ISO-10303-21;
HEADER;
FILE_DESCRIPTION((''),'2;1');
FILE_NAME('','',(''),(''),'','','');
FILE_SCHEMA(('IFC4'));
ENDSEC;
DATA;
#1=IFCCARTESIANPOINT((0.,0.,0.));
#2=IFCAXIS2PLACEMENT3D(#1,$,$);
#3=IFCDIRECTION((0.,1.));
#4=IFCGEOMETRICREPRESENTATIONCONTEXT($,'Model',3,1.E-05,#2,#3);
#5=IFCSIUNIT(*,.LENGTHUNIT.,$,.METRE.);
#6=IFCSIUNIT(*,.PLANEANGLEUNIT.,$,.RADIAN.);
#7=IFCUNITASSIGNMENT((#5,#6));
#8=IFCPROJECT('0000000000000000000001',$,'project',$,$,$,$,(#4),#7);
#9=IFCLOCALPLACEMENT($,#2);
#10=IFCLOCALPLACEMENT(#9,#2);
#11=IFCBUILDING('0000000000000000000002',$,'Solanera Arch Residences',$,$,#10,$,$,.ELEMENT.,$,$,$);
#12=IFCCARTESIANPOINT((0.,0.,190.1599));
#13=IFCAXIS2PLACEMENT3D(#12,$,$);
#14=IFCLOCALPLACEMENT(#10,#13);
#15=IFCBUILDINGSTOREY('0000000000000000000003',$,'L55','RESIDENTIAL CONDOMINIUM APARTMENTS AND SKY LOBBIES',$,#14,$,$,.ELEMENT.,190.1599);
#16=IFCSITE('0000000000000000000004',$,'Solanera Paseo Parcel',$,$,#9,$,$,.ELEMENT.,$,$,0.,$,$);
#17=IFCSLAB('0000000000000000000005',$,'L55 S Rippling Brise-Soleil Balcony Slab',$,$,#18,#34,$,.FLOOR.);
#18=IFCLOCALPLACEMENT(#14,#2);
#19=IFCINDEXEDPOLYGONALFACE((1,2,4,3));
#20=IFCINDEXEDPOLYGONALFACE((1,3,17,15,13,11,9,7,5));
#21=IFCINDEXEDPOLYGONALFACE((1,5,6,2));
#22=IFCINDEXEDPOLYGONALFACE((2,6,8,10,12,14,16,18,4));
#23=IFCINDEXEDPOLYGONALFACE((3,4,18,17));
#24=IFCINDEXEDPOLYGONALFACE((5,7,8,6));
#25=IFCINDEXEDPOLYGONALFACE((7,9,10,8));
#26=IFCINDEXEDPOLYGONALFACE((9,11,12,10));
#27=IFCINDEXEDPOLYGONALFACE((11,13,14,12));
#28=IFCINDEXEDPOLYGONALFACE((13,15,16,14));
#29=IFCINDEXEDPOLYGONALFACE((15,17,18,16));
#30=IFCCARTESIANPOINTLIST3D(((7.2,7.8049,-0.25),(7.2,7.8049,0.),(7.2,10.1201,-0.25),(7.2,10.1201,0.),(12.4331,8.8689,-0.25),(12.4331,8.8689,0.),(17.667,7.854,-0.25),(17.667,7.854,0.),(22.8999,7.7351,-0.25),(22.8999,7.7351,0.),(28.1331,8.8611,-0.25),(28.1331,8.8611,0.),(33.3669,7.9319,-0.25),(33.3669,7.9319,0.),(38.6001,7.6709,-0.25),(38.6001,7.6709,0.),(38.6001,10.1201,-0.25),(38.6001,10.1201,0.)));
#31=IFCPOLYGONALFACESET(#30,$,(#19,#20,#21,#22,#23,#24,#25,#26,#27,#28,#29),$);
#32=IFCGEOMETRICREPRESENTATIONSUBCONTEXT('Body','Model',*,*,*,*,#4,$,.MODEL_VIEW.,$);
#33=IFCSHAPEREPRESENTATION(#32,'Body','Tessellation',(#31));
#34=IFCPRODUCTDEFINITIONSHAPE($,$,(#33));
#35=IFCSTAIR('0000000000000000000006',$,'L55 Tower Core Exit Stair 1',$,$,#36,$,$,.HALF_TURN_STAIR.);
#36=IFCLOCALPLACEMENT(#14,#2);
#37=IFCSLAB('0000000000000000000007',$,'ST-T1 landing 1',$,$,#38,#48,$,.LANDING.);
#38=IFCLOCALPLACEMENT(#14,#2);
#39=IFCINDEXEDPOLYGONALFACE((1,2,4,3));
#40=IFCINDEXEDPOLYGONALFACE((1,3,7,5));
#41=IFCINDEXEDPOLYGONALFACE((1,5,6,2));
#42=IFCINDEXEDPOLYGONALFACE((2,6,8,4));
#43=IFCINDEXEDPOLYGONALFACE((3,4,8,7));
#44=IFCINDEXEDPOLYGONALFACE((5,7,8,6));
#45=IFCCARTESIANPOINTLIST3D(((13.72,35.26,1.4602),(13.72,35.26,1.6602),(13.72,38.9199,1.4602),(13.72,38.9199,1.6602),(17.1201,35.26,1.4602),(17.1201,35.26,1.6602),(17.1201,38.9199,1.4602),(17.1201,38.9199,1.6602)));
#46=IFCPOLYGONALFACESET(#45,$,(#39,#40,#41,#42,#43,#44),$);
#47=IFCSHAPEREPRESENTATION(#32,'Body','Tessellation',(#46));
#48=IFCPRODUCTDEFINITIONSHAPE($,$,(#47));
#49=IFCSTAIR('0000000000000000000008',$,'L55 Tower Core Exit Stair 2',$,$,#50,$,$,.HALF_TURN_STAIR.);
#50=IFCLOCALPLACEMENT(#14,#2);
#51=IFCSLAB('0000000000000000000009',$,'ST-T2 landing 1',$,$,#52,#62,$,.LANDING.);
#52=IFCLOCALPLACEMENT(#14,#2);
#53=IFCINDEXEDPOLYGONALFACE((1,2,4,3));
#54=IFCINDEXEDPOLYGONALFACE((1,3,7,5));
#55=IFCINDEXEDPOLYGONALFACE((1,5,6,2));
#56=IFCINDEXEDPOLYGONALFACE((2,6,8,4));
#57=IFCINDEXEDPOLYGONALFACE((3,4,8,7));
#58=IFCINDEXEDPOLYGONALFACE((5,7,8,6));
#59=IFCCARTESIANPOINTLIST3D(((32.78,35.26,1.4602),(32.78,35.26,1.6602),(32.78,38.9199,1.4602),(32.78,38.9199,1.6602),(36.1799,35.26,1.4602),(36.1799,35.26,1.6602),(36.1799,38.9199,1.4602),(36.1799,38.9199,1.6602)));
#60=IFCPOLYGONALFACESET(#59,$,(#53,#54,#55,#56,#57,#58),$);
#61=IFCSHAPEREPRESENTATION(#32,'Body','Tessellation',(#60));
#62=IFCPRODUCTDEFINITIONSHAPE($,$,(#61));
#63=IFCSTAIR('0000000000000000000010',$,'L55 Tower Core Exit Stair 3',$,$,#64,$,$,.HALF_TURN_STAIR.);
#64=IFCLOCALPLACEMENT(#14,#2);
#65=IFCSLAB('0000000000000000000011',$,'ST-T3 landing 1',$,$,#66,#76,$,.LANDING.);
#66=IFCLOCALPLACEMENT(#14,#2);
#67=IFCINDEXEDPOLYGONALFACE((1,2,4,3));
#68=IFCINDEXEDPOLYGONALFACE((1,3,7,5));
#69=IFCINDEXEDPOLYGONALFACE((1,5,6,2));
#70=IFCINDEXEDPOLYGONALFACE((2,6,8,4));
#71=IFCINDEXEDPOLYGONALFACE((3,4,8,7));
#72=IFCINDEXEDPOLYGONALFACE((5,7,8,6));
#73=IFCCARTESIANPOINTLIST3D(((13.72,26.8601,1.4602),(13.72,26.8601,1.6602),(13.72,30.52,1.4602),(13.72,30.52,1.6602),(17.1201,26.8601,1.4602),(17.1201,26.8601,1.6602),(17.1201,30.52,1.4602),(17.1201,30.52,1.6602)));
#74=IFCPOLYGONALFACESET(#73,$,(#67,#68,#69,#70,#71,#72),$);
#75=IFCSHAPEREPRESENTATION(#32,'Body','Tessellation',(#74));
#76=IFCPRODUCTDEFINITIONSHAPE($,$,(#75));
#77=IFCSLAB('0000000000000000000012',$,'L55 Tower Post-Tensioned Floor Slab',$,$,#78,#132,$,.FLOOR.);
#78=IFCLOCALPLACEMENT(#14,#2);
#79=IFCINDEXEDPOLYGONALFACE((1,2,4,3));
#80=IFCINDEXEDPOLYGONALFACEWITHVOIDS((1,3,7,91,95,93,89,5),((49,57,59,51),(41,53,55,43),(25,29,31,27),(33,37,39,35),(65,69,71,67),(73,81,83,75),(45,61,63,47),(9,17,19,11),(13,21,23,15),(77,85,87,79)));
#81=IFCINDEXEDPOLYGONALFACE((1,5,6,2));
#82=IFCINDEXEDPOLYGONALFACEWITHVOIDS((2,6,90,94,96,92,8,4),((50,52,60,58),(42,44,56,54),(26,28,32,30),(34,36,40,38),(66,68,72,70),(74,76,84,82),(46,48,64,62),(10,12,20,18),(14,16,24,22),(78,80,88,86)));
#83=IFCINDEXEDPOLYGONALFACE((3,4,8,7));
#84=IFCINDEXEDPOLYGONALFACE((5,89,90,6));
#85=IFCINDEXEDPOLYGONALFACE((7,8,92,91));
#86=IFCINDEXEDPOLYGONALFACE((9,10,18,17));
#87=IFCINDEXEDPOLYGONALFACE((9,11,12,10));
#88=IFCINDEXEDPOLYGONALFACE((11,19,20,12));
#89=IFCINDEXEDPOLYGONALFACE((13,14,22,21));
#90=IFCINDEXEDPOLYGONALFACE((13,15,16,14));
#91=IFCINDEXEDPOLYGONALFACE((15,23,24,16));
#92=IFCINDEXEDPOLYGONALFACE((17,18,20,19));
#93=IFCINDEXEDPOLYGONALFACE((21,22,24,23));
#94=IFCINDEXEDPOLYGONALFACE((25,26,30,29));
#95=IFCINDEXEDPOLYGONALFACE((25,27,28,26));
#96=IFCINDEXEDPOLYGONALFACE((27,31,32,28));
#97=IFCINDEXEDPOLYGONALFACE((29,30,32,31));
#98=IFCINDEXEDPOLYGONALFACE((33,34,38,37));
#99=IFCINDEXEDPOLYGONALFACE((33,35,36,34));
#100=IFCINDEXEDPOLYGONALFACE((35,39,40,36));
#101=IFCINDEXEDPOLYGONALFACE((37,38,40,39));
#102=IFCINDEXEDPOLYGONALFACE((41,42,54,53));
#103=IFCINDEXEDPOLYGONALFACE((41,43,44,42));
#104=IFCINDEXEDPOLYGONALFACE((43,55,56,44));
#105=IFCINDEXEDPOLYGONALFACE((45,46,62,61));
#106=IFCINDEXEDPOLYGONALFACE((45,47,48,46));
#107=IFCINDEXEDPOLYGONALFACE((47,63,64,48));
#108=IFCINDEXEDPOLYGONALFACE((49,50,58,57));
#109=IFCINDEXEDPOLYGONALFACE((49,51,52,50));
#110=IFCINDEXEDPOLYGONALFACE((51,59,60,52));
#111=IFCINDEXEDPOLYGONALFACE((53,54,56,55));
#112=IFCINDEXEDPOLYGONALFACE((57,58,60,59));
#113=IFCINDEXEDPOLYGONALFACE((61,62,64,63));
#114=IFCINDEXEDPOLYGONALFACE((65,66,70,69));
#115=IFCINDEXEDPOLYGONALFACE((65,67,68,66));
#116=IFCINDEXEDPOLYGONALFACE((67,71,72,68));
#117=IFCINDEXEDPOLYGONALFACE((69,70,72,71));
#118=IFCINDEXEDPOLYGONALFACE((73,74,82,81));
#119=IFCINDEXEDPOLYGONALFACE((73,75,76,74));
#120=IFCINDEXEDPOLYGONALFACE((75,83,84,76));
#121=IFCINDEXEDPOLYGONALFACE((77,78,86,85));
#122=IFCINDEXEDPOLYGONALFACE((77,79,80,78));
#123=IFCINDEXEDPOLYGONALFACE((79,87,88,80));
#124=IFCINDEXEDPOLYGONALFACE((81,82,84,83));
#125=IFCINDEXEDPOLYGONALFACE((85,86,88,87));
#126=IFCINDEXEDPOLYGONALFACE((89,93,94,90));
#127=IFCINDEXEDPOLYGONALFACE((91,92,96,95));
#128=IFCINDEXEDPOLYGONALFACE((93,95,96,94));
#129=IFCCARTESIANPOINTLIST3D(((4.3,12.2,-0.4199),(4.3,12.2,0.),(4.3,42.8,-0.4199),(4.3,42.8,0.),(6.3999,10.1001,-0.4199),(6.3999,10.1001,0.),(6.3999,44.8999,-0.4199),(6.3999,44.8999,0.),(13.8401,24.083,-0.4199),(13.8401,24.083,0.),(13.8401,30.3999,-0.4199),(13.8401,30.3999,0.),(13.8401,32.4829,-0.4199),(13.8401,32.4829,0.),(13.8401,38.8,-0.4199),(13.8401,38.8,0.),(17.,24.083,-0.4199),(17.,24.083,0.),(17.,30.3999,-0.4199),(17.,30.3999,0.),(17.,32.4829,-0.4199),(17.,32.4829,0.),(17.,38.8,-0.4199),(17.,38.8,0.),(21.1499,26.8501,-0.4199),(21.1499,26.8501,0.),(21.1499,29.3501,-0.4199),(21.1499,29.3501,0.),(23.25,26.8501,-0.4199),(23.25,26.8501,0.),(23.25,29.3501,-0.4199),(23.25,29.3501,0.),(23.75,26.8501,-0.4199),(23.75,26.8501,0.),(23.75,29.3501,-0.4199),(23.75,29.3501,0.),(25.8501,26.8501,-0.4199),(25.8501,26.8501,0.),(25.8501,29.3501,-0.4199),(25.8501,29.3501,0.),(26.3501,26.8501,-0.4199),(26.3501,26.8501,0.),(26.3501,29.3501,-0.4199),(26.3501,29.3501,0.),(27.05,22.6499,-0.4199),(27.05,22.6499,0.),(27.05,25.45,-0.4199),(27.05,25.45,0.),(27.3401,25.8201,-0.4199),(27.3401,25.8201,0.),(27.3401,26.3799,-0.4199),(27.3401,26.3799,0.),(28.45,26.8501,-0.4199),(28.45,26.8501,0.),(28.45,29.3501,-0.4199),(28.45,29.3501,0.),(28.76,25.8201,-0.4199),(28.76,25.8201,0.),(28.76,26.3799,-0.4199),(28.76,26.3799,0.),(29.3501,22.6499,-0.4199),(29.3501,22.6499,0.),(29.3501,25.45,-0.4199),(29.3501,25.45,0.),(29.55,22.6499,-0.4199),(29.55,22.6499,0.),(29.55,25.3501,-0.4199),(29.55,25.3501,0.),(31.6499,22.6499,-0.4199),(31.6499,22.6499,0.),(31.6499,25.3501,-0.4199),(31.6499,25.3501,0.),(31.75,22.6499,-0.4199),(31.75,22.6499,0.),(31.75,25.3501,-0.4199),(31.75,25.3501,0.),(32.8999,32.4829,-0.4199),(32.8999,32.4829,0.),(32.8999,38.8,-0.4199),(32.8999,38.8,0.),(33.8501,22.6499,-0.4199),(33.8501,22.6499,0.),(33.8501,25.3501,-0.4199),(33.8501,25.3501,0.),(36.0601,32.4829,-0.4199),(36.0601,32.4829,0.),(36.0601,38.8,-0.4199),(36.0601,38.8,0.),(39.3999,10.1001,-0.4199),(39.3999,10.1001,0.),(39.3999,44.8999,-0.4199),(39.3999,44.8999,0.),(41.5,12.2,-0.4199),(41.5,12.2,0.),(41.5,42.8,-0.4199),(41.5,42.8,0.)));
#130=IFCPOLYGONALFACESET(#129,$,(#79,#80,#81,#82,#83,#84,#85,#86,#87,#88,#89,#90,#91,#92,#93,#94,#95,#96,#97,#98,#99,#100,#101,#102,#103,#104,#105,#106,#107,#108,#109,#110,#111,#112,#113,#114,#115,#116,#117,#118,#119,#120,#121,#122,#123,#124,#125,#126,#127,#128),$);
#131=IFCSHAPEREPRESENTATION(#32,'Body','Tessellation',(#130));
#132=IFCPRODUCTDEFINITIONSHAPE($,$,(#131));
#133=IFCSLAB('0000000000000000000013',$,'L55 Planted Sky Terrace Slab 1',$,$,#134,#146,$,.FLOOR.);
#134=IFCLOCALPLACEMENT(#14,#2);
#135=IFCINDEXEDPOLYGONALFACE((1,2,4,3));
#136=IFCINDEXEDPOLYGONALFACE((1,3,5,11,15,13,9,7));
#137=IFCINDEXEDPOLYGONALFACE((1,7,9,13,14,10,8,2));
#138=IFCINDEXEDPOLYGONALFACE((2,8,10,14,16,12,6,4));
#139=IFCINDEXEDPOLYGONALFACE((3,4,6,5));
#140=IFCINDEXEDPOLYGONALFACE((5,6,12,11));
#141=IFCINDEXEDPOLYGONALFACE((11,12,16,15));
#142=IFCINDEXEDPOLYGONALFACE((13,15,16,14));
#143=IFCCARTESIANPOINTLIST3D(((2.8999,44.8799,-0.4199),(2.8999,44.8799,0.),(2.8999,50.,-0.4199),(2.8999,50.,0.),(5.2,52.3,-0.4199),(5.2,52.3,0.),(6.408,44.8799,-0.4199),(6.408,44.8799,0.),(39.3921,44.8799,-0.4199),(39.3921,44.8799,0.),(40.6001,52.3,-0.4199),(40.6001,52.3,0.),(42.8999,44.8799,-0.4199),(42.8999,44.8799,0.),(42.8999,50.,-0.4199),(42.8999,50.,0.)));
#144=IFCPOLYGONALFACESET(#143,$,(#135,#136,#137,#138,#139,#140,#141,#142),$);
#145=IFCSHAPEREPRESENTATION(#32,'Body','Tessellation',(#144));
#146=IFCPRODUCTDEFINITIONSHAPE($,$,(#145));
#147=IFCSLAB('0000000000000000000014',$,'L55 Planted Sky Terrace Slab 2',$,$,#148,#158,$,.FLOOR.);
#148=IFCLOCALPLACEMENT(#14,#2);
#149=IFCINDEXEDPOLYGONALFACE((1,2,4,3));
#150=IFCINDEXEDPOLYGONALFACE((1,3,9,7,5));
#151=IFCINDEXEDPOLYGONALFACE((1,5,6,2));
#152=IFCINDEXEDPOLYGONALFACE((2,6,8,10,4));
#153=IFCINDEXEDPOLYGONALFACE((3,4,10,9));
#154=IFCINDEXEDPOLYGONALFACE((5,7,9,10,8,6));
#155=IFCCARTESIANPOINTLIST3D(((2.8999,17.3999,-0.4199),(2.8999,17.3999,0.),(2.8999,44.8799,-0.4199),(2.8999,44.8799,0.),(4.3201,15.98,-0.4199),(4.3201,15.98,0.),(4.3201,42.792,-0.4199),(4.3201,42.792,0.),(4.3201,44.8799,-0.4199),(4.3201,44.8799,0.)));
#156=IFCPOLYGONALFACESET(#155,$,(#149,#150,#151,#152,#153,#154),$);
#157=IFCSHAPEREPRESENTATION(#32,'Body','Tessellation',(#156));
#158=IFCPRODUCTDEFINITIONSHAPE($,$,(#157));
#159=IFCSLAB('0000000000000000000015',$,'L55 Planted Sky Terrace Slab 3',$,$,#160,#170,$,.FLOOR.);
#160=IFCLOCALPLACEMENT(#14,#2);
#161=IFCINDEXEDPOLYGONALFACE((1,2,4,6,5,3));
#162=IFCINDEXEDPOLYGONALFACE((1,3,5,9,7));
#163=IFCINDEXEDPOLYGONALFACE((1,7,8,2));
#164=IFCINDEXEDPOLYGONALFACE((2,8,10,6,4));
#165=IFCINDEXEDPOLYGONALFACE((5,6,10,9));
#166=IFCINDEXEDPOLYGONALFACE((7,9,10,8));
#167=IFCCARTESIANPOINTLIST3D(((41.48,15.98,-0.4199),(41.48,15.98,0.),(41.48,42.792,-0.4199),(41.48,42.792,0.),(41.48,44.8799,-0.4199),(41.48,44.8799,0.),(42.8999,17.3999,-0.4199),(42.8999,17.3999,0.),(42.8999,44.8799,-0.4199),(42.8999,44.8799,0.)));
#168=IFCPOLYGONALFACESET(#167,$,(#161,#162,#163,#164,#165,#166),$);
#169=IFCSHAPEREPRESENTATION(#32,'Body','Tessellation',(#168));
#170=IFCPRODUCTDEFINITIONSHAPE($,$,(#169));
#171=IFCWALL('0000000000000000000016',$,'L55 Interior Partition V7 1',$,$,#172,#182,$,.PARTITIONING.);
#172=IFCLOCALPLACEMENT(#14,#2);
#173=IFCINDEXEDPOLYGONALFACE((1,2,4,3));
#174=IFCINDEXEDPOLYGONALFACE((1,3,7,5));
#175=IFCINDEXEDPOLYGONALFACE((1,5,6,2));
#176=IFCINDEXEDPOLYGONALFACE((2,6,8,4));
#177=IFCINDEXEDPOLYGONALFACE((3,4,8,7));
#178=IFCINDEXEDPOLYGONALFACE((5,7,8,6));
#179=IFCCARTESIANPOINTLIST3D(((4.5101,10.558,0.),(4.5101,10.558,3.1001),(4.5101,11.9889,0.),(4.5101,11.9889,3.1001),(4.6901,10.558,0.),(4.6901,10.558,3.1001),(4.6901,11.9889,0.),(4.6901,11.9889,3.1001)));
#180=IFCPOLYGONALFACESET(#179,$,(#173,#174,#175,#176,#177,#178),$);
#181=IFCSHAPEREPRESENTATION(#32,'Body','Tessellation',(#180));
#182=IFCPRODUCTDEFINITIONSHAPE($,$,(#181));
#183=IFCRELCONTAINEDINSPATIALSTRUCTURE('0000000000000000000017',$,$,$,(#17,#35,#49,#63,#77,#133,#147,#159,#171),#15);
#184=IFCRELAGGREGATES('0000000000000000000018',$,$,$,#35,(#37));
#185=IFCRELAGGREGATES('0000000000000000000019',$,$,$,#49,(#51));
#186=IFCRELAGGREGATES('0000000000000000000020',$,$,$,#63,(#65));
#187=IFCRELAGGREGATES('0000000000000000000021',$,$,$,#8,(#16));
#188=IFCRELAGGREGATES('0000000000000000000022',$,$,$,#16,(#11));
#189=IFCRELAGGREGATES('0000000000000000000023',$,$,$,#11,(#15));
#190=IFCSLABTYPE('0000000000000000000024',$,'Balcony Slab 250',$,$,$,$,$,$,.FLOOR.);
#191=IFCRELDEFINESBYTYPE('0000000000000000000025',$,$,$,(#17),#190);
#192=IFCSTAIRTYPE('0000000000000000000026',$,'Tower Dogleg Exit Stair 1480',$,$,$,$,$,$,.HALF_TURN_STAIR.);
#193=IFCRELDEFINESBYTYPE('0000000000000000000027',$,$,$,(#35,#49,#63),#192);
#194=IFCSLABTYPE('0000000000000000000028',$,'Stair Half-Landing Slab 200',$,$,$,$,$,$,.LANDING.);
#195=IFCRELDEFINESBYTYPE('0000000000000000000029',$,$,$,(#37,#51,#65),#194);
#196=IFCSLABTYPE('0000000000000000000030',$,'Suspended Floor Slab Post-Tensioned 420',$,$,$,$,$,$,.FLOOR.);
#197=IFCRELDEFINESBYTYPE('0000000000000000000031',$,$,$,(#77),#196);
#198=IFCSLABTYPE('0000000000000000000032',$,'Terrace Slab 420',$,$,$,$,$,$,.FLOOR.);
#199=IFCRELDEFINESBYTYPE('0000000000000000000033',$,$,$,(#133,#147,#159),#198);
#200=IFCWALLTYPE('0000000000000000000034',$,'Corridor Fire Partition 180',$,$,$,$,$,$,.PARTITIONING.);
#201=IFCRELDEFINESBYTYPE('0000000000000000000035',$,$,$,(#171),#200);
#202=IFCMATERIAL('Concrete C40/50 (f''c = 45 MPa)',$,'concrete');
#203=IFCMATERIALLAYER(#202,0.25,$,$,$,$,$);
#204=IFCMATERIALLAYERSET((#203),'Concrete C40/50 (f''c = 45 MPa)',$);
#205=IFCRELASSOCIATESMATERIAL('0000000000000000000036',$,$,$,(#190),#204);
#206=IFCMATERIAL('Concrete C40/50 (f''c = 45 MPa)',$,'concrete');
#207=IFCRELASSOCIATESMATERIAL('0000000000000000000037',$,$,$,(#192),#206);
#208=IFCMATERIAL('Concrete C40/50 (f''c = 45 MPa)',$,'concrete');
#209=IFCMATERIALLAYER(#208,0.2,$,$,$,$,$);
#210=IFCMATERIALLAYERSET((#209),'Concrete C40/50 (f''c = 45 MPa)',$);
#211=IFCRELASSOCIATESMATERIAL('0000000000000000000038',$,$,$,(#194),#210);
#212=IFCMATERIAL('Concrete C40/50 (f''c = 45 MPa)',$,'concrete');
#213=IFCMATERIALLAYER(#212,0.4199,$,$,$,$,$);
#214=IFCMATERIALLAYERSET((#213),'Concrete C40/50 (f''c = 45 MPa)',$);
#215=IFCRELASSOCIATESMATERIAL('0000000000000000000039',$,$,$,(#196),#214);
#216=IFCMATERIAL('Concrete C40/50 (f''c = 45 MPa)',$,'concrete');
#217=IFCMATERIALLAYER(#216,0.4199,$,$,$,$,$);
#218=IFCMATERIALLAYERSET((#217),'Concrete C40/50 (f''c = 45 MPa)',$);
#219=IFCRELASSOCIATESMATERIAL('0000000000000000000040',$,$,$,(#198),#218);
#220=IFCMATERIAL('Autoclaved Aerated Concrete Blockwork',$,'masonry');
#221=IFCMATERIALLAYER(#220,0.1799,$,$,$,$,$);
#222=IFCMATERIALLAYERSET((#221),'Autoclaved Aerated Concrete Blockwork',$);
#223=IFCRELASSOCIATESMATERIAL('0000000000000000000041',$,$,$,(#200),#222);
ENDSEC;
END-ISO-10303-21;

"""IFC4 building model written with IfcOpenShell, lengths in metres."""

from ifc_helpers import new_model, si_unit, direction, frame, frame_2d, origin, place, context, subcontext, project, spatial, polyline, rectangle, outline, extrude, material, layer, layer_set, type_object, element, aggregate, save


model = new_model("IFC4")

# Units and contexts
model_context = context("Model", 3, precision=1e-05, world=origin(), true_north=direction((0.0, 1.0)))
body_context = subcontext(model_context, "Body", "Model", "MODEL_VIEW")
ifc_project = project(units=[si_unit("LENGTHUNIT", "METRE"), si_unit("PLANEANGLEUNIT", "RADIAN")], contexts=[model_context])

# Site, building, storey
site_placement = place(None, origin())
site = spatial("IfcSite", under=ifc_project, at=site_placement, Name="Solanera Paseo Parcel", CompositionType="ELEMENT", RefElevation=0.0)
building_placement = place(site_placement, origin())
building = spatial("IfcBuilding", under=site, at=building_placement, Name="Solanera Arch Residences", CompositionType="ELEMENT")
storey_placement = place(building_placement, frame((0.0, 0.0, 190.1599)))
storey = spatial("IfcBuildingStorey", under=building, at=storey_placement, Name="L55", Description="RESIDENTIAL CONDOMINIUM APARTMENTS AND SKY LOBBIES", CompositionType="ELEMENT", Elevation=190.1599)

# Slab
ifc_material_1 = material(Name="Concrete C40/50 (f'c = 45 MPa)", Category="concrete")
ifc_layer_1 = layer(ifc_material_1, 0.25)
ifc_layer_set_1 = layer_set([ifc_layer_1], Name="Concrete C40/50 (f'c = 45 MPa)")
slab_type_1 = type_object("IfcSlabType", Name="Balcony Slab 250", PredefinedType="FLOOR", material=ifc_layer_set_1)
slab_1_placement = place(storey_placement, frame((0.0, 0.0, -0.25)))
element("IfcSlab", 1, at=slab_1_placement, inside=storey, type_object=slab_type_1, Name="L55 S Rippling Brise-Soleil Balcony Slab", PredefinedType="FLOOR", context=body_context, shape_type="SweptSolid", body=[
    extrude(outline(polyline([(7.2, 7.8049), (12.4331, 8.8689), (17.667, 7.854), (22.8999, 7.7351), (28.1331, 8.8611), (33.3669, 7.9319), (38.6001, 7.6709), (38.6001, 10.1201), (7.2, 10.1201), (7.2, 7.8049)])), origin(), (0.0, 0.0, 1.0), 0.25),
])

# Stairs, slabs
ifc_material_2 = material(Name="Concrete C40/50 (f'c = 45 MPa)", Category="concrete")
stair_type = type_object("IfcStairType", Name="Tower Dogleg Exit Stair 1480", PredefinedType="HALF_TURN_STAIR", material=ifc_material_2)
stair_1_placement = place(storey_placement, origin())
stair_1 = element("IfcStair", 2, at=stair_1_placement, inside=storey, type_object=stair_type, Name="L55 Tower Core Exit Stair 1", PredefinedType="HALF_TURN_STAIR")
ifc_material_3 = material(Name="Concrete C40/50 (f'c = 45 MPa)", Category="concrete")
ifc_layer_2 = layer(ifc_material_3, 0.2)
ifc_layer_set_2 = layer_set([ifc_layer_2], Name="Concrete C40/50 (f'c = 45 MPa)")
slab_type_2 = type_object("IfcSlabType", Name="Stair Half-Landing Slab 200", PredefinedType="LANDING", material=ifc_layer_set_2)
slab_2_placement = place(storey_placement, frame((0.0, 0.0, 1.4602)))
slab_2 = element("IfcSlab", 3, at=slab_2_placement, type_object=slab_type_2, Name="ST-T1 landing 1", PredefinedType="LANDING", context=body_context, shape_type="SweptSolid", body=[
    extrude(outline(polyline([(17.1201, 35.26), (17.1201, 38.9199), (13.72, 38.9199), (13.72, 35.26), (17.1201, 35.26)])), origin(), (0.0, 0.0, 1.0), 0.2),
])
aggregate(stair_1, [slab_2])
stair_2_placement = place(storey_placement, origin())
stair_2 = element("IfcStair", 4, at=stair_2_placement, inside=storey, type_object=stair_type, Name="L55 Tower Core Exit Stair 2", PredefinedType="HALF_TURN_STAIR")
slab_3_placement = place(storey_placement, frame((0.0, 0.0, 1.4602)))
slab_3 = element("IfcSlab", 5, at=slab_3_placement, type_object=slab_type_2, Name="ST-T2 landing 1", PredefinedType="LANDING", context=body_context, shape_type="SweptSolid", body=[
    extrude(outline(polyline([(36.1799, 35.26), (36.1799, 38.9199), (32.78, 38.9199), (32.78, 35.26), (36.1799, 35.26)])), origin(), (0.0, 0.0, 1.0), 0.2),
])
aggregate(stair_2, [slab_3])
stair_3_placement = place(storey_placement, origin())
stair_3 = element("IfcStair", 6, at=stair_3_placement, inside=storey, type_object=stair_type, Name="L55 Tower Core Exit Stair 3", PredefinedType="HALF_TURN_STAIR")
slab_4_placement = place(storey_placement, frame((0.0, 0.0, 1.4602)))
slab_4 = element("IfcSlab", 7, at=slab_4_placement, type_object=slab_type_2, Name="ST-T3 landing 1", PredefinedType="LANDING", context=body_context, shape_type="SweptSolid", body=[
    extrude(outline(polyline([(17.1201, 26.8601), (17.1201, 30.52), (13.72, 30.52), (13.72, 26.8601), (17.1201, 26.8601)])), origin(), (0.0, 0.0, 1.0), 0.2),
])
aggregate(stair_3, [slab_4])

# Slabs
ifc_material_4 = material(Name="Concrete C40/50 (f'c = 45 MPa)", Category="concrete")
ifc_layer_3 = layer(ifc_material_4, 0.4199)
ifc_layer_set_3 = layer_set([ifc_layer_3], Name="Concrete C40/50 (f'c = 45 MPa)")
slab_type_3 = type_object("IfcSlabType", Name="Suspended Floor Slab Post-Tensioned 420", PredefinedType="FLOOR", material=ifc_layer_set_3)
slab_5_placement = place(storey_placement, frame((0.0, 0.0, -0.4199)))
element("IfcSlab", 8, at=slab_5_placement, inside=storey, type_object=slab_type_3, Name="L55 Tower Post-Tensioned Floor Slab", PredefinedType="FLOOR", context=body_context, shape_type="SweptSolid", body=[
    extrude(outline(polyline([(6.3999, 10.1001), (39.3999, 10.1001), (41.5, 12.2), (41.5, 42.8), (39.3999, 44.8999), (6.3999, 44.8999), (4.3, 42.8), (4.3, 12.2), (6.3999, 10.1001)]), holes=[polyline([(13.8401, 32.4829), (13.8401, 38.8), (17.0, 38.8), (17.0, 32.4829), (13.8401, 32.4829)]), polyline([(32.8999, 32.4829), (32.8999, 38.8), (36.0601, 38.8), (36.0601, 32.4829), (32.8999, 32.4829)]), polyline([(13.8401, 24.083), (13.8401, 30.3999), (17.0, 30.3999), (17.0, 24.083), (13.8401, 24.083)]), polyline([(21.1499, 29.3501), (23.25, 29.3501), (23.25, 26.8501), (21.1499, 26.8501), (21.1499, 29.3501)]), polyline([(23.75, 29.3501), (25.8501, 29.3501), (25.8501, 26.8501), (23.75, 26.8501), (23.75, 29.3501)]), polyline([(26.3501, 29.3501), (28.45, 29.3501), (28.45, 26.8501), (26.3501, 26.8501), (26.3501, 29.3501)]), polyline([(29.55, 25.3501), (31.6499, 25.3501), (31.6499, 22.6499), (29.55, 22.6499), (29.55, 25.3501)]), polyline([(31.75, 25.3501), (33.8501, 25.3501), (33.8501, 22.6499), (31.75, 22.6499), (31.75, 25.3501)]), polyline([(27.05, 25.45), (29.3501, 25.45), (29.3501, 22.6499), (27.05, 22.6499), (27.05, 25.45)]), polyline([(27.3401, 26.3799), (28.76, 26.3799), (28.76, 25.8201), (27.3401, 25.8201), (27.3401, 26.3799)])]), origin(), (0.0, 0.0, 1.0), 0.4199),
])
ifc_material_5 = material(Name="Concrete C40/50 (f'c = 45 MPa)", Category="concrete")
ifc_layer_4 = layer(ifc_material_5, 0.4199)
ifc_layer_set_4 = layer_set([ifc_layer_4], Name="Concrete C40/50 (f'c = 45 MPa)")
slab_type_4 = type_object("IfcSlabType", Name="Terrace Slab 420", PredefinedType="FLOOR", material=ifc_layer_set_4)
slab_6_placement = place(storey_placement, frame((0.0, 0.0, -0.4199)))
element("IfcSlab", 9, at=slab_6_placement, inside=storey, type_object=slab_type_4, Name="L55 Planted Sky Terrace Slab 1", PredefinedType="FLOOR", context=body_context, shape_type="SweptSolid", body=[
    extrude(outline(polyline([(2.8999, 44.8799), (6.408, 44.8799), (39.3921, 44.8799), (42.8999, 44.8799), (42.8999, 50.0), (40.6001, 52.3), (5.2, 52.3), (2.8999, 50.0), (2.8999, 44.8799)])), origin(), (0.0, 0.0, 1.0), 0.4199),
])
slab_7_placement = place(storey_placement, frame((0.0, 0.0, -0.4199)))
element("IfcSlab", 10, at=slab_7_placement, inside=storey, type_object=slab_type_4, Name="L55 Planted Sky Terrace Slab 2", PredefinedType="FLOOR", context=body_context, shape_type="SweptSolid", body=[
    extrude(outline(polyline([(2.8999, 17.3999), (4.3201, 15.98), (4.3201, 42.792), (4.3201, 44.8799), (2.8999, 44.8799), (2.8999, 17.3999)])), origin(), (0.0, 0.0, 1.0), 0.4199),
])
slab_8_placement = place(storey_placement, frame((0.0, 0.0, -0.4199)))
element("IfcSlab", 11, at=slab_8_placement, inside=storey, type_object=slab_type_4, Name="L55 Planted Sky Terrace Slab 3", PredefinedType="FLOOR", context=body_context, shape_type="SweptSolid", body=[
    extrude(outline(polyline([(42.8999, 44.8799), (41.48, 44.8799), (41.48, 42.792), (41.48, 15.98), (42.8999, 17.3999), (42.8999, 44.8799)])), origin(), (0.0, 0.0, 1.0), 0.4199),
])

# Wall
ifc_material_6 = material(Name="Autoclaved Aerated Concrete Blockwork", Category="masonry")
ifc_layer_5 = layer(ifc_material_6, 0.1799)
ifc_layer_set_5 = layer_set([ifc_layer_5], Name="Autoclaved Aerated Concrete Blockwork")
wall_type_1 = type_object("IfcWallType", Name="Corridor Fire Partition 180", PredefinedType="PARTITIONING", material=ifc_layer_set_5)
wall_1_placement = place(storey_placement, frame((4.6001, 10.5581, 0.0), z_axis=(0.0, 0.0, 1.0), x_axis=(0.0, 1.0, 0.0)))
element("IfcWall", 12, at=wall_1_placement, inside=storey, type_object=wall_type_1, Name="L55 Interior Partition V7 1", PredefinedType="PARTITIONING", context=body_context, shape_type="SweptSolid", body=[
    extrude(rectangle(XDim=1.4309, YDim=0.1799, at=frame_2d((0.7153, 0.0))), origin(), (0.0, 0.0, 1.0), 3.1001),
])

save(model, "model.ifc")
